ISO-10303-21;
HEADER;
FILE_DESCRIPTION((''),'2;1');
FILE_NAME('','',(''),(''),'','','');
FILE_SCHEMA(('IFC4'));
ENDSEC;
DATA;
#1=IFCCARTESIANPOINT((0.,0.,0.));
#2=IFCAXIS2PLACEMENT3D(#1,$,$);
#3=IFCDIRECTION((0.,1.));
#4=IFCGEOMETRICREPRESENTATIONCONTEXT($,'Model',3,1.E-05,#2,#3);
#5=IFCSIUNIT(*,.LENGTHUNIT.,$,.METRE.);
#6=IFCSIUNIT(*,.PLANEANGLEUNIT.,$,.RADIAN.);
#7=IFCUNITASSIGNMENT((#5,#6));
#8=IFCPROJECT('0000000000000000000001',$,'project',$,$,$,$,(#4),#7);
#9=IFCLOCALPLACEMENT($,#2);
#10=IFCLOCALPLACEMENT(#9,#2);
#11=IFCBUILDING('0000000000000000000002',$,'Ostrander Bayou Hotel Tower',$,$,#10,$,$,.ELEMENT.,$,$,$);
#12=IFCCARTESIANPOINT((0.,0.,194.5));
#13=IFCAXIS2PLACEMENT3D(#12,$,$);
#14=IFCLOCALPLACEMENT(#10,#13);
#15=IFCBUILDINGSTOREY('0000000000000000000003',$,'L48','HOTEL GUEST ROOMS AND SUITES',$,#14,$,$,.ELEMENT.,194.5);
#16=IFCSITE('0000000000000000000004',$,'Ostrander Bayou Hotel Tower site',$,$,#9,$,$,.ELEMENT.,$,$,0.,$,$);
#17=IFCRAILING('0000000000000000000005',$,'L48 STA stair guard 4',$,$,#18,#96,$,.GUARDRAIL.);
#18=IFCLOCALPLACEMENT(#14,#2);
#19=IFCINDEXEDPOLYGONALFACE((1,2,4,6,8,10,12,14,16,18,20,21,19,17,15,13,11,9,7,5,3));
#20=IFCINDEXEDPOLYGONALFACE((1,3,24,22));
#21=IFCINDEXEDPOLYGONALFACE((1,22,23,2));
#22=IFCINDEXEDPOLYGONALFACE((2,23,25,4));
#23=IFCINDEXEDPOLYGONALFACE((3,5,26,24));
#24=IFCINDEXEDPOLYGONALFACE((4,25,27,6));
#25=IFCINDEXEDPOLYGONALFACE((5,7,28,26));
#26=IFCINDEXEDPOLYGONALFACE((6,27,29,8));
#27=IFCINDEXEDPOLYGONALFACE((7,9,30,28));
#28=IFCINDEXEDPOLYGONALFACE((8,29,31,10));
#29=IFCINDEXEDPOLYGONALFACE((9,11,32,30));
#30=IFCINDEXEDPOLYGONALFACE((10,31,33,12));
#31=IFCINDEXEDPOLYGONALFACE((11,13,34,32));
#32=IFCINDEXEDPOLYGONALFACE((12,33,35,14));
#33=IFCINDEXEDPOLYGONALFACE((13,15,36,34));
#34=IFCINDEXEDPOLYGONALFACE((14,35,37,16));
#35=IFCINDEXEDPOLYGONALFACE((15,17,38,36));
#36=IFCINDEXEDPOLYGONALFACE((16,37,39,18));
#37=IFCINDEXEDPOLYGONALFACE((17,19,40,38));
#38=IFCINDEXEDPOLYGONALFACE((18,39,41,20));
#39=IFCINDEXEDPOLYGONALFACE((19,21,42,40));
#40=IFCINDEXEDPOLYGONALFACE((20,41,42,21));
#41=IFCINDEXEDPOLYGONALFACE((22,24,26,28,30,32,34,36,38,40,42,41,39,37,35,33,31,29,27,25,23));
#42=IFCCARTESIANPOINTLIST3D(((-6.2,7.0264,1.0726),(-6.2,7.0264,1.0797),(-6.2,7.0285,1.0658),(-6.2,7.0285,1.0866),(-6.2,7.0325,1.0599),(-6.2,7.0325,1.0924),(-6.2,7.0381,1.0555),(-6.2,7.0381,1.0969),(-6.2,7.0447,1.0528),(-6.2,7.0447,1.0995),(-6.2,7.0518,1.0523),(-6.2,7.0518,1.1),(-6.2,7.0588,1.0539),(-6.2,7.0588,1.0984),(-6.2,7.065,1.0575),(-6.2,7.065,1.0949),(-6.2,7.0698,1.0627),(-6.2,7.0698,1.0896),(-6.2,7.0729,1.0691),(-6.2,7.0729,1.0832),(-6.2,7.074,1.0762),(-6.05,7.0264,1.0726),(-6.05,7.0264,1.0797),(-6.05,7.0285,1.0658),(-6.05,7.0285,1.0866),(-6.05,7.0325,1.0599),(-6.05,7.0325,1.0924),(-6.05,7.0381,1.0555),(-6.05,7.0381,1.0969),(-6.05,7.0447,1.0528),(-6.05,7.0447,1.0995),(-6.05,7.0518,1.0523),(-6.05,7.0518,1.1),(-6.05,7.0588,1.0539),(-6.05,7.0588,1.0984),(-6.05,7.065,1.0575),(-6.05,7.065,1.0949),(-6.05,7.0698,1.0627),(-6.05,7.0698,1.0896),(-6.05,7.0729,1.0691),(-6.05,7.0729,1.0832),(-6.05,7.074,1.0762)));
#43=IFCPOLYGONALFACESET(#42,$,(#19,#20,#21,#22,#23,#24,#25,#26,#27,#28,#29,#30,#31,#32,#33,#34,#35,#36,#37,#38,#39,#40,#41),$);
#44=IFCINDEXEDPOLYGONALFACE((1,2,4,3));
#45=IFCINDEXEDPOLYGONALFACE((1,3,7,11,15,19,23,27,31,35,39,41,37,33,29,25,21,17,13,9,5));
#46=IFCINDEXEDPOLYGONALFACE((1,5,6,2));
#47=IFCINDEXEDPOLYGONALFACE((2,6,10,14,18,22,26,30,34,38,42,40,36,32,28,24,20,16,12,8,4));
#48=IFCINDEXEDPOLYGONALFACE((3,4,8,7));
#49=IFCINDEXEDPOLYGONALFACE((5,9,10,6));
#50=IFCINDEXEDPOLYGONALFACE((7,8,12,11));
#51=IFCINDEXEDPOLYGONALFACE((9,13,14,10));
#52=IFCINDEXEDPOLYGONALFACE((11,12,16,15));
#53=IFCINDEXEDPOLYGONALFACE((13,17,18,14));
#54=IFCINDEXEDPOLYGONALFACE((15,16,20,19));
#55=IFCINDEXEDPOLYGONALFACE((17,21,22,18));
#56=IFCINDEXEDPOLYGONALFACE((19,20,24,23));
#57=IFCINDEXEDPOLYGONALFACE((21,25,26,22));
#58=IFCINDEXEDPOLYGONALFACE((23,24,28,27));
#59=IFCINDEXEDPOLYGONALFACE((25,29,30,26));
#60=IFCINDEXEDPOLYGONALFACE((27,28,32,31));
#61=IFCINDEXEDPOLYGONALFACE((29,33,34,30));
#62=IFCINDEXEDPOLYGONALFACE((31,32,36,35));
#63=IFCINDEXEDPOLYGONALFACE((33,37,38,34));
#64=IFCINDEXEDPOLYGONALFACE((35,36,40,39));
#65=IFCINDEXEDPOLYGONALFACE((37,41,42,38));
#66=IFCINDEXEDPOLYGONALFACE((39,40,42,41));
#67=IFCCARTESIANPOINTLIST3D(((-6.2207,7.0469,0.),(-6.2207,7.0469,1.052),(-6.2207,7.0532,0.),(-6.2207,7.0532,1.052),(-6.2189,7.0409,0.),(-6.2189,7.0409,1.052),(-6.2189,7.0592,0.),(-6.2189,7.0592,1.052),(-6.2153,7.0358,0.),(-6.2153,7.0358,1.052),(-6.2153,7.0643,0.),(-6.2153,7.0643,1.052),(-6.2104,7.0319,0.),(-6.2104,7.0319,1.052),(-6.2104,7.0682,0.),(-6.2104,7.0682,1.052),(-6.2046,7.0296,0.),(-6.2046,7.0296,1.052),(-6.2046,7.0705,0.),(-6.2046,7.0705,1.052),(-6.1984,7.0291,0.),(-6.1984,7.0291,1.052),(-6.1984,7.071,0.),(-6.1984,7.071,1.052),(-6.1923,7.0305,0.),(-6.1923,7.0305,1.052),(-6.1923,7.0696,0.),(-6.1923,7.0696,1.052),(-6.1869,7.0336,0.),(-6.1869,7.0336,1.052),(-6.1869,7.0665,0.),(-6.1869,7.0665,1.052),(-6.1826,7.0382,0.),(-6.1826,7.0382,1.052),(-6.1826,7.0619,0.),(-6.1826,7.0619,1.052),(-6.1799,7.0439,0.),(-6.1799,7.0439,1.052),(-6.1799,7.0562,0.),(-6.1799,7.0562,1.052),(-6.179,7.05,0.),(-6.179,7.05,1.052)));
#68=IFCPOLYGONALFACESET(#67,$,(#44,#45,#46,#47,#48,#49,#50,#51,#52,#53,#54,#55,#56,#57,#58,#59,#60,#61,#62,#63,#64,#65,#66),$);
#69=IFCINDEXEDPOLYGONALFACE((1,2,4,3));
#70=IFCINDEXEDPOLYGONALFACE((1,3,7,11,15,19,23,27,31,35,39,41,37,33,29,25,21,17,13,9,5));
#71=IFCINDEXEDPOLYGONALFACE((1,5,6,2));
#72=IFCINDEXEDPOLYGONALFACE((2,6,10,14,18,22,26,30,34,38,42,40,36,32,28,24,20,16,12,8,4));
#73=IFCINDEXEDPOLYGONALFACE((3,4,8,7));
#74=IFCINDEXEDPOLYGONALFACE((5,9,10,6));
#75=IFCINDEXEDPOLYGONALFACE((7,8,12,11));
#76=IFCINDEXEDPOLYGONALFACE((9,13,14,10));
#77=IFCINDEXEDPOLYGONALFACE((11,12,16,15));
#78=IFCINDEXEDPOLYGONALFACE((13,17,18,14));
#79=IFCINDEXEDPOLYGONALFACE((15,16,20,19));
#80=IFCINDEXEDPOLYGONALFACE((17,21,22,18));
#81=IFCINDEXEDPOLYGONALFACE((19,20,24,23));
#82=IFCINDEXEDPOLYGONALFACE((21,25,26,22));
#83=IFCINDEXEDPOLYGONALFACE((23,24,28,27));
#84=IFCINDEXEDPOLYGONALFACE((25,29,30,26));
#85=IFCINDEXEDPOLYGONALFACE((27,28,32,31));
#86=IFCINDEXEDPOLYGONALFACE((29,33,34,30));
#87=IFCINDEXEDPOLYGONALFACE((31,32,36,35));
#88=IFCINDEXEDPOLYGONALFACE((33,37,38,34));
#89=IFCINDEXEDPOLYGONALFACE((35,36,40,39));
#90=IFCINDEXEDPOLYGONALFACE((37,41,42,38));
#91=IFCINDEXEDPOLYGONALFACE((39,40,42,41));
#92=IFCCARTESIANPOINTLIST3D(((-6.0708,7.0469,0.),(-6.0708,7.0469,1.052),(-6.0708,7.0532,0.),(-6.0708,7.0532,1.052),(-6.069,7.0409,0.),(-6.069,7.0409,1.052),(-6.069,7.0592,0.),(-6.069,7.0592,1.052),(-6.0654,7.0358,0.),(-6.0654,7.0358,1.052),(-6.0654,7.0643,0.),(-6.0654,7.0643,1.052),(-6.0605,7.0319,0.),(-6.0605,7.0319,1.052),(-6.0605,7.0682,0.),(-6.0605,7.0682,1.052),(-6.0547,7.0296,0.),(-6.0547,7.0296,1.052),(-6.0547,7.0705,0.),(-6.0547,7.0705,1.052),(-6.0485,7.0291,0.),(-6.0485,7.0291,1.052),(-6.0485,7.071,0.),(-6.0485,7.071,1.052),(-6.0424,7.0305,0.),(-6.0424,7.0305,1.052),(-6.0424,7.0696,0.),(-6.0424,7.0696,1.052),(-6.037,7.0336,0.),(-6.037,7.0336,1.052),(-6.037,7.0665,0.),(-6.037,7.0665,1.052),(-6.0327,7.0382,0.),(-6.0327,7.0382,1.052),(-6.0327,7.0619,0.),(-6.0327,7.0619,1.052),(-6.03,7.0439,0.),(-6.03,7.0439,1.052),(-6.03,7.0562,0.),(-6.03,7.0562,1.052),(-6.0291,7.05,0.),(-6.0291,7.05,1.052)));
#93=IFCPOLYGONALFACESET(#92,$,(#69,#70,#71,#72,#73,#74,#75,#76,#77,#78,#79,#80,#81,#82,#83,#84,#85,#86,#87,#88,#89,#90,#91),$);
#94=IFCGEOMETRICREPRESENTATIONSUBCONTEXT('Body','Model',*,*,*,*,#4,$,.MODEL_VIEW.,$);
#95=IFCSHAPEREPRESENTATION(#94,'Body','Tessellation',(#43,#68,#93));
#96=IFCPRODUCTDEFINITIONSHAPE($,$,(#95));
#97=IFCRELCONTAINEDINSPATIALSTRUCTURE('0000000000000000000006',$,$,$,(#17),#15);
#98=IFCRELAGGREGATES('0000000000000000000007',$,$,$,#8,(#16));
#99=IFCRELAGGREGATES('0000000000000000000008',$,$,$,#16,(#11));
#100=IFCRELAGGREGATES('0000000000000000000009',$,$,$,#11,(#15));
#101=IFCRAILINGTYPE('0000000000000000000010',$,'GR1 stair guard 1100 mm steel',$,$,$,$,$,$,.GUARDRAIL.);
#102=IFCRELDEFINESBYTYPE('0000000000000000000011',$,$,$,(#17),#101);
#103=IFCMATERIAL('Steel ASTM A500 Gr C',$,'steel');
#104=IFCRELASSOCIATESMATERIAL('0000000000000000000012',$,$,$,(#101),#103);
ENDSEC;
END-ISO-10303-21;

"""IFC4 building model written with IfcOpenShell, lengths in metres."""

from ifc_helpers import new_model, si_unit, direction, frame, origin, origin_2d, place, context, subcontext, project, spatial, circle, extrude, material, type_object, element, save


model = new_model("IFC4")

# Units and contexts
model_context = context("Model", 3, precision=1e-05, world=origin(), true_north=direction((0.0, 1.0)))
body_context = subcontext(model_context, "Body", "Model", "MODEL_VIEW")
ifc_project = project(units=[si_unit("LENGTHUNIT", "METRE"), si_unit("PLANEANGLEUNIT", "RADIAN")], contexts=[model_context])

# Site, building, storey
site_placement = place(None, origin())
site = spatial("IfcSite", under=ifc_project, at=site_placement, Name="Ostrander Bayou Hotel Tower site", CompositionType="ELEMENT", RefElevation=0.0)
building_placement = place(site_placement, origin())
building = spatial("IfcBuilding", under=site, at=building_placement, Name="Ostrander Bayou Hotel Tower", CompositionType="ELEMENT")
storey_placement = place(building_placement, frame((0.0, 0.0, 194.5)))
storey = spatial("IfcBuildingStorey", under=building, at=storey_placement, Name="L48", Description="HOTEL GUEST ROOMS AND SUITES", CompositionType="ELEMENT", Elevation=194.5)

# Railing
ifc_material_1 = material(Name="Steel ASTM A500 Gr C", Category="steel")
railing_type_1 = type_object("IfcRailingType", Name="GR1 stair guard 1100 mm steel", PredefinedType="GUARDRAIL", material=ifc_material_1)
railing_1_placement = place(storey_placement, frame((-6.2, 7.05, 0.0)))
element("IfcRailing", 1, at=railing_1_placement, inside=storey, type_object=railing_type_1, Name="L48 STA stair guard 4", PredefinedType="GUARDRAIL", context=body_context, shape_type="SweptSolid", body=[
    extrude(circle(Radius=0.0239, at=origin_2d()), frame((0.0, 0.0, 1.0762), z_axis=(1.0, 0.0, 0.0), x_axis=(0.0, 1.0, 0.0)), (0.0, 0.0, 1.0), 0.1499),
    extrude(circle(Radius=0.021, at=origin_2d()), origin(), (0.0, 0.0, 1.0), 1.052),
    extrude(circle(Radius=0.021, at=origin_2d()), frame((0.1499, 0.0, 0.0)), (0.0, 0.0, 1.0), 1.052),
])

save(model, "model.ifc")
